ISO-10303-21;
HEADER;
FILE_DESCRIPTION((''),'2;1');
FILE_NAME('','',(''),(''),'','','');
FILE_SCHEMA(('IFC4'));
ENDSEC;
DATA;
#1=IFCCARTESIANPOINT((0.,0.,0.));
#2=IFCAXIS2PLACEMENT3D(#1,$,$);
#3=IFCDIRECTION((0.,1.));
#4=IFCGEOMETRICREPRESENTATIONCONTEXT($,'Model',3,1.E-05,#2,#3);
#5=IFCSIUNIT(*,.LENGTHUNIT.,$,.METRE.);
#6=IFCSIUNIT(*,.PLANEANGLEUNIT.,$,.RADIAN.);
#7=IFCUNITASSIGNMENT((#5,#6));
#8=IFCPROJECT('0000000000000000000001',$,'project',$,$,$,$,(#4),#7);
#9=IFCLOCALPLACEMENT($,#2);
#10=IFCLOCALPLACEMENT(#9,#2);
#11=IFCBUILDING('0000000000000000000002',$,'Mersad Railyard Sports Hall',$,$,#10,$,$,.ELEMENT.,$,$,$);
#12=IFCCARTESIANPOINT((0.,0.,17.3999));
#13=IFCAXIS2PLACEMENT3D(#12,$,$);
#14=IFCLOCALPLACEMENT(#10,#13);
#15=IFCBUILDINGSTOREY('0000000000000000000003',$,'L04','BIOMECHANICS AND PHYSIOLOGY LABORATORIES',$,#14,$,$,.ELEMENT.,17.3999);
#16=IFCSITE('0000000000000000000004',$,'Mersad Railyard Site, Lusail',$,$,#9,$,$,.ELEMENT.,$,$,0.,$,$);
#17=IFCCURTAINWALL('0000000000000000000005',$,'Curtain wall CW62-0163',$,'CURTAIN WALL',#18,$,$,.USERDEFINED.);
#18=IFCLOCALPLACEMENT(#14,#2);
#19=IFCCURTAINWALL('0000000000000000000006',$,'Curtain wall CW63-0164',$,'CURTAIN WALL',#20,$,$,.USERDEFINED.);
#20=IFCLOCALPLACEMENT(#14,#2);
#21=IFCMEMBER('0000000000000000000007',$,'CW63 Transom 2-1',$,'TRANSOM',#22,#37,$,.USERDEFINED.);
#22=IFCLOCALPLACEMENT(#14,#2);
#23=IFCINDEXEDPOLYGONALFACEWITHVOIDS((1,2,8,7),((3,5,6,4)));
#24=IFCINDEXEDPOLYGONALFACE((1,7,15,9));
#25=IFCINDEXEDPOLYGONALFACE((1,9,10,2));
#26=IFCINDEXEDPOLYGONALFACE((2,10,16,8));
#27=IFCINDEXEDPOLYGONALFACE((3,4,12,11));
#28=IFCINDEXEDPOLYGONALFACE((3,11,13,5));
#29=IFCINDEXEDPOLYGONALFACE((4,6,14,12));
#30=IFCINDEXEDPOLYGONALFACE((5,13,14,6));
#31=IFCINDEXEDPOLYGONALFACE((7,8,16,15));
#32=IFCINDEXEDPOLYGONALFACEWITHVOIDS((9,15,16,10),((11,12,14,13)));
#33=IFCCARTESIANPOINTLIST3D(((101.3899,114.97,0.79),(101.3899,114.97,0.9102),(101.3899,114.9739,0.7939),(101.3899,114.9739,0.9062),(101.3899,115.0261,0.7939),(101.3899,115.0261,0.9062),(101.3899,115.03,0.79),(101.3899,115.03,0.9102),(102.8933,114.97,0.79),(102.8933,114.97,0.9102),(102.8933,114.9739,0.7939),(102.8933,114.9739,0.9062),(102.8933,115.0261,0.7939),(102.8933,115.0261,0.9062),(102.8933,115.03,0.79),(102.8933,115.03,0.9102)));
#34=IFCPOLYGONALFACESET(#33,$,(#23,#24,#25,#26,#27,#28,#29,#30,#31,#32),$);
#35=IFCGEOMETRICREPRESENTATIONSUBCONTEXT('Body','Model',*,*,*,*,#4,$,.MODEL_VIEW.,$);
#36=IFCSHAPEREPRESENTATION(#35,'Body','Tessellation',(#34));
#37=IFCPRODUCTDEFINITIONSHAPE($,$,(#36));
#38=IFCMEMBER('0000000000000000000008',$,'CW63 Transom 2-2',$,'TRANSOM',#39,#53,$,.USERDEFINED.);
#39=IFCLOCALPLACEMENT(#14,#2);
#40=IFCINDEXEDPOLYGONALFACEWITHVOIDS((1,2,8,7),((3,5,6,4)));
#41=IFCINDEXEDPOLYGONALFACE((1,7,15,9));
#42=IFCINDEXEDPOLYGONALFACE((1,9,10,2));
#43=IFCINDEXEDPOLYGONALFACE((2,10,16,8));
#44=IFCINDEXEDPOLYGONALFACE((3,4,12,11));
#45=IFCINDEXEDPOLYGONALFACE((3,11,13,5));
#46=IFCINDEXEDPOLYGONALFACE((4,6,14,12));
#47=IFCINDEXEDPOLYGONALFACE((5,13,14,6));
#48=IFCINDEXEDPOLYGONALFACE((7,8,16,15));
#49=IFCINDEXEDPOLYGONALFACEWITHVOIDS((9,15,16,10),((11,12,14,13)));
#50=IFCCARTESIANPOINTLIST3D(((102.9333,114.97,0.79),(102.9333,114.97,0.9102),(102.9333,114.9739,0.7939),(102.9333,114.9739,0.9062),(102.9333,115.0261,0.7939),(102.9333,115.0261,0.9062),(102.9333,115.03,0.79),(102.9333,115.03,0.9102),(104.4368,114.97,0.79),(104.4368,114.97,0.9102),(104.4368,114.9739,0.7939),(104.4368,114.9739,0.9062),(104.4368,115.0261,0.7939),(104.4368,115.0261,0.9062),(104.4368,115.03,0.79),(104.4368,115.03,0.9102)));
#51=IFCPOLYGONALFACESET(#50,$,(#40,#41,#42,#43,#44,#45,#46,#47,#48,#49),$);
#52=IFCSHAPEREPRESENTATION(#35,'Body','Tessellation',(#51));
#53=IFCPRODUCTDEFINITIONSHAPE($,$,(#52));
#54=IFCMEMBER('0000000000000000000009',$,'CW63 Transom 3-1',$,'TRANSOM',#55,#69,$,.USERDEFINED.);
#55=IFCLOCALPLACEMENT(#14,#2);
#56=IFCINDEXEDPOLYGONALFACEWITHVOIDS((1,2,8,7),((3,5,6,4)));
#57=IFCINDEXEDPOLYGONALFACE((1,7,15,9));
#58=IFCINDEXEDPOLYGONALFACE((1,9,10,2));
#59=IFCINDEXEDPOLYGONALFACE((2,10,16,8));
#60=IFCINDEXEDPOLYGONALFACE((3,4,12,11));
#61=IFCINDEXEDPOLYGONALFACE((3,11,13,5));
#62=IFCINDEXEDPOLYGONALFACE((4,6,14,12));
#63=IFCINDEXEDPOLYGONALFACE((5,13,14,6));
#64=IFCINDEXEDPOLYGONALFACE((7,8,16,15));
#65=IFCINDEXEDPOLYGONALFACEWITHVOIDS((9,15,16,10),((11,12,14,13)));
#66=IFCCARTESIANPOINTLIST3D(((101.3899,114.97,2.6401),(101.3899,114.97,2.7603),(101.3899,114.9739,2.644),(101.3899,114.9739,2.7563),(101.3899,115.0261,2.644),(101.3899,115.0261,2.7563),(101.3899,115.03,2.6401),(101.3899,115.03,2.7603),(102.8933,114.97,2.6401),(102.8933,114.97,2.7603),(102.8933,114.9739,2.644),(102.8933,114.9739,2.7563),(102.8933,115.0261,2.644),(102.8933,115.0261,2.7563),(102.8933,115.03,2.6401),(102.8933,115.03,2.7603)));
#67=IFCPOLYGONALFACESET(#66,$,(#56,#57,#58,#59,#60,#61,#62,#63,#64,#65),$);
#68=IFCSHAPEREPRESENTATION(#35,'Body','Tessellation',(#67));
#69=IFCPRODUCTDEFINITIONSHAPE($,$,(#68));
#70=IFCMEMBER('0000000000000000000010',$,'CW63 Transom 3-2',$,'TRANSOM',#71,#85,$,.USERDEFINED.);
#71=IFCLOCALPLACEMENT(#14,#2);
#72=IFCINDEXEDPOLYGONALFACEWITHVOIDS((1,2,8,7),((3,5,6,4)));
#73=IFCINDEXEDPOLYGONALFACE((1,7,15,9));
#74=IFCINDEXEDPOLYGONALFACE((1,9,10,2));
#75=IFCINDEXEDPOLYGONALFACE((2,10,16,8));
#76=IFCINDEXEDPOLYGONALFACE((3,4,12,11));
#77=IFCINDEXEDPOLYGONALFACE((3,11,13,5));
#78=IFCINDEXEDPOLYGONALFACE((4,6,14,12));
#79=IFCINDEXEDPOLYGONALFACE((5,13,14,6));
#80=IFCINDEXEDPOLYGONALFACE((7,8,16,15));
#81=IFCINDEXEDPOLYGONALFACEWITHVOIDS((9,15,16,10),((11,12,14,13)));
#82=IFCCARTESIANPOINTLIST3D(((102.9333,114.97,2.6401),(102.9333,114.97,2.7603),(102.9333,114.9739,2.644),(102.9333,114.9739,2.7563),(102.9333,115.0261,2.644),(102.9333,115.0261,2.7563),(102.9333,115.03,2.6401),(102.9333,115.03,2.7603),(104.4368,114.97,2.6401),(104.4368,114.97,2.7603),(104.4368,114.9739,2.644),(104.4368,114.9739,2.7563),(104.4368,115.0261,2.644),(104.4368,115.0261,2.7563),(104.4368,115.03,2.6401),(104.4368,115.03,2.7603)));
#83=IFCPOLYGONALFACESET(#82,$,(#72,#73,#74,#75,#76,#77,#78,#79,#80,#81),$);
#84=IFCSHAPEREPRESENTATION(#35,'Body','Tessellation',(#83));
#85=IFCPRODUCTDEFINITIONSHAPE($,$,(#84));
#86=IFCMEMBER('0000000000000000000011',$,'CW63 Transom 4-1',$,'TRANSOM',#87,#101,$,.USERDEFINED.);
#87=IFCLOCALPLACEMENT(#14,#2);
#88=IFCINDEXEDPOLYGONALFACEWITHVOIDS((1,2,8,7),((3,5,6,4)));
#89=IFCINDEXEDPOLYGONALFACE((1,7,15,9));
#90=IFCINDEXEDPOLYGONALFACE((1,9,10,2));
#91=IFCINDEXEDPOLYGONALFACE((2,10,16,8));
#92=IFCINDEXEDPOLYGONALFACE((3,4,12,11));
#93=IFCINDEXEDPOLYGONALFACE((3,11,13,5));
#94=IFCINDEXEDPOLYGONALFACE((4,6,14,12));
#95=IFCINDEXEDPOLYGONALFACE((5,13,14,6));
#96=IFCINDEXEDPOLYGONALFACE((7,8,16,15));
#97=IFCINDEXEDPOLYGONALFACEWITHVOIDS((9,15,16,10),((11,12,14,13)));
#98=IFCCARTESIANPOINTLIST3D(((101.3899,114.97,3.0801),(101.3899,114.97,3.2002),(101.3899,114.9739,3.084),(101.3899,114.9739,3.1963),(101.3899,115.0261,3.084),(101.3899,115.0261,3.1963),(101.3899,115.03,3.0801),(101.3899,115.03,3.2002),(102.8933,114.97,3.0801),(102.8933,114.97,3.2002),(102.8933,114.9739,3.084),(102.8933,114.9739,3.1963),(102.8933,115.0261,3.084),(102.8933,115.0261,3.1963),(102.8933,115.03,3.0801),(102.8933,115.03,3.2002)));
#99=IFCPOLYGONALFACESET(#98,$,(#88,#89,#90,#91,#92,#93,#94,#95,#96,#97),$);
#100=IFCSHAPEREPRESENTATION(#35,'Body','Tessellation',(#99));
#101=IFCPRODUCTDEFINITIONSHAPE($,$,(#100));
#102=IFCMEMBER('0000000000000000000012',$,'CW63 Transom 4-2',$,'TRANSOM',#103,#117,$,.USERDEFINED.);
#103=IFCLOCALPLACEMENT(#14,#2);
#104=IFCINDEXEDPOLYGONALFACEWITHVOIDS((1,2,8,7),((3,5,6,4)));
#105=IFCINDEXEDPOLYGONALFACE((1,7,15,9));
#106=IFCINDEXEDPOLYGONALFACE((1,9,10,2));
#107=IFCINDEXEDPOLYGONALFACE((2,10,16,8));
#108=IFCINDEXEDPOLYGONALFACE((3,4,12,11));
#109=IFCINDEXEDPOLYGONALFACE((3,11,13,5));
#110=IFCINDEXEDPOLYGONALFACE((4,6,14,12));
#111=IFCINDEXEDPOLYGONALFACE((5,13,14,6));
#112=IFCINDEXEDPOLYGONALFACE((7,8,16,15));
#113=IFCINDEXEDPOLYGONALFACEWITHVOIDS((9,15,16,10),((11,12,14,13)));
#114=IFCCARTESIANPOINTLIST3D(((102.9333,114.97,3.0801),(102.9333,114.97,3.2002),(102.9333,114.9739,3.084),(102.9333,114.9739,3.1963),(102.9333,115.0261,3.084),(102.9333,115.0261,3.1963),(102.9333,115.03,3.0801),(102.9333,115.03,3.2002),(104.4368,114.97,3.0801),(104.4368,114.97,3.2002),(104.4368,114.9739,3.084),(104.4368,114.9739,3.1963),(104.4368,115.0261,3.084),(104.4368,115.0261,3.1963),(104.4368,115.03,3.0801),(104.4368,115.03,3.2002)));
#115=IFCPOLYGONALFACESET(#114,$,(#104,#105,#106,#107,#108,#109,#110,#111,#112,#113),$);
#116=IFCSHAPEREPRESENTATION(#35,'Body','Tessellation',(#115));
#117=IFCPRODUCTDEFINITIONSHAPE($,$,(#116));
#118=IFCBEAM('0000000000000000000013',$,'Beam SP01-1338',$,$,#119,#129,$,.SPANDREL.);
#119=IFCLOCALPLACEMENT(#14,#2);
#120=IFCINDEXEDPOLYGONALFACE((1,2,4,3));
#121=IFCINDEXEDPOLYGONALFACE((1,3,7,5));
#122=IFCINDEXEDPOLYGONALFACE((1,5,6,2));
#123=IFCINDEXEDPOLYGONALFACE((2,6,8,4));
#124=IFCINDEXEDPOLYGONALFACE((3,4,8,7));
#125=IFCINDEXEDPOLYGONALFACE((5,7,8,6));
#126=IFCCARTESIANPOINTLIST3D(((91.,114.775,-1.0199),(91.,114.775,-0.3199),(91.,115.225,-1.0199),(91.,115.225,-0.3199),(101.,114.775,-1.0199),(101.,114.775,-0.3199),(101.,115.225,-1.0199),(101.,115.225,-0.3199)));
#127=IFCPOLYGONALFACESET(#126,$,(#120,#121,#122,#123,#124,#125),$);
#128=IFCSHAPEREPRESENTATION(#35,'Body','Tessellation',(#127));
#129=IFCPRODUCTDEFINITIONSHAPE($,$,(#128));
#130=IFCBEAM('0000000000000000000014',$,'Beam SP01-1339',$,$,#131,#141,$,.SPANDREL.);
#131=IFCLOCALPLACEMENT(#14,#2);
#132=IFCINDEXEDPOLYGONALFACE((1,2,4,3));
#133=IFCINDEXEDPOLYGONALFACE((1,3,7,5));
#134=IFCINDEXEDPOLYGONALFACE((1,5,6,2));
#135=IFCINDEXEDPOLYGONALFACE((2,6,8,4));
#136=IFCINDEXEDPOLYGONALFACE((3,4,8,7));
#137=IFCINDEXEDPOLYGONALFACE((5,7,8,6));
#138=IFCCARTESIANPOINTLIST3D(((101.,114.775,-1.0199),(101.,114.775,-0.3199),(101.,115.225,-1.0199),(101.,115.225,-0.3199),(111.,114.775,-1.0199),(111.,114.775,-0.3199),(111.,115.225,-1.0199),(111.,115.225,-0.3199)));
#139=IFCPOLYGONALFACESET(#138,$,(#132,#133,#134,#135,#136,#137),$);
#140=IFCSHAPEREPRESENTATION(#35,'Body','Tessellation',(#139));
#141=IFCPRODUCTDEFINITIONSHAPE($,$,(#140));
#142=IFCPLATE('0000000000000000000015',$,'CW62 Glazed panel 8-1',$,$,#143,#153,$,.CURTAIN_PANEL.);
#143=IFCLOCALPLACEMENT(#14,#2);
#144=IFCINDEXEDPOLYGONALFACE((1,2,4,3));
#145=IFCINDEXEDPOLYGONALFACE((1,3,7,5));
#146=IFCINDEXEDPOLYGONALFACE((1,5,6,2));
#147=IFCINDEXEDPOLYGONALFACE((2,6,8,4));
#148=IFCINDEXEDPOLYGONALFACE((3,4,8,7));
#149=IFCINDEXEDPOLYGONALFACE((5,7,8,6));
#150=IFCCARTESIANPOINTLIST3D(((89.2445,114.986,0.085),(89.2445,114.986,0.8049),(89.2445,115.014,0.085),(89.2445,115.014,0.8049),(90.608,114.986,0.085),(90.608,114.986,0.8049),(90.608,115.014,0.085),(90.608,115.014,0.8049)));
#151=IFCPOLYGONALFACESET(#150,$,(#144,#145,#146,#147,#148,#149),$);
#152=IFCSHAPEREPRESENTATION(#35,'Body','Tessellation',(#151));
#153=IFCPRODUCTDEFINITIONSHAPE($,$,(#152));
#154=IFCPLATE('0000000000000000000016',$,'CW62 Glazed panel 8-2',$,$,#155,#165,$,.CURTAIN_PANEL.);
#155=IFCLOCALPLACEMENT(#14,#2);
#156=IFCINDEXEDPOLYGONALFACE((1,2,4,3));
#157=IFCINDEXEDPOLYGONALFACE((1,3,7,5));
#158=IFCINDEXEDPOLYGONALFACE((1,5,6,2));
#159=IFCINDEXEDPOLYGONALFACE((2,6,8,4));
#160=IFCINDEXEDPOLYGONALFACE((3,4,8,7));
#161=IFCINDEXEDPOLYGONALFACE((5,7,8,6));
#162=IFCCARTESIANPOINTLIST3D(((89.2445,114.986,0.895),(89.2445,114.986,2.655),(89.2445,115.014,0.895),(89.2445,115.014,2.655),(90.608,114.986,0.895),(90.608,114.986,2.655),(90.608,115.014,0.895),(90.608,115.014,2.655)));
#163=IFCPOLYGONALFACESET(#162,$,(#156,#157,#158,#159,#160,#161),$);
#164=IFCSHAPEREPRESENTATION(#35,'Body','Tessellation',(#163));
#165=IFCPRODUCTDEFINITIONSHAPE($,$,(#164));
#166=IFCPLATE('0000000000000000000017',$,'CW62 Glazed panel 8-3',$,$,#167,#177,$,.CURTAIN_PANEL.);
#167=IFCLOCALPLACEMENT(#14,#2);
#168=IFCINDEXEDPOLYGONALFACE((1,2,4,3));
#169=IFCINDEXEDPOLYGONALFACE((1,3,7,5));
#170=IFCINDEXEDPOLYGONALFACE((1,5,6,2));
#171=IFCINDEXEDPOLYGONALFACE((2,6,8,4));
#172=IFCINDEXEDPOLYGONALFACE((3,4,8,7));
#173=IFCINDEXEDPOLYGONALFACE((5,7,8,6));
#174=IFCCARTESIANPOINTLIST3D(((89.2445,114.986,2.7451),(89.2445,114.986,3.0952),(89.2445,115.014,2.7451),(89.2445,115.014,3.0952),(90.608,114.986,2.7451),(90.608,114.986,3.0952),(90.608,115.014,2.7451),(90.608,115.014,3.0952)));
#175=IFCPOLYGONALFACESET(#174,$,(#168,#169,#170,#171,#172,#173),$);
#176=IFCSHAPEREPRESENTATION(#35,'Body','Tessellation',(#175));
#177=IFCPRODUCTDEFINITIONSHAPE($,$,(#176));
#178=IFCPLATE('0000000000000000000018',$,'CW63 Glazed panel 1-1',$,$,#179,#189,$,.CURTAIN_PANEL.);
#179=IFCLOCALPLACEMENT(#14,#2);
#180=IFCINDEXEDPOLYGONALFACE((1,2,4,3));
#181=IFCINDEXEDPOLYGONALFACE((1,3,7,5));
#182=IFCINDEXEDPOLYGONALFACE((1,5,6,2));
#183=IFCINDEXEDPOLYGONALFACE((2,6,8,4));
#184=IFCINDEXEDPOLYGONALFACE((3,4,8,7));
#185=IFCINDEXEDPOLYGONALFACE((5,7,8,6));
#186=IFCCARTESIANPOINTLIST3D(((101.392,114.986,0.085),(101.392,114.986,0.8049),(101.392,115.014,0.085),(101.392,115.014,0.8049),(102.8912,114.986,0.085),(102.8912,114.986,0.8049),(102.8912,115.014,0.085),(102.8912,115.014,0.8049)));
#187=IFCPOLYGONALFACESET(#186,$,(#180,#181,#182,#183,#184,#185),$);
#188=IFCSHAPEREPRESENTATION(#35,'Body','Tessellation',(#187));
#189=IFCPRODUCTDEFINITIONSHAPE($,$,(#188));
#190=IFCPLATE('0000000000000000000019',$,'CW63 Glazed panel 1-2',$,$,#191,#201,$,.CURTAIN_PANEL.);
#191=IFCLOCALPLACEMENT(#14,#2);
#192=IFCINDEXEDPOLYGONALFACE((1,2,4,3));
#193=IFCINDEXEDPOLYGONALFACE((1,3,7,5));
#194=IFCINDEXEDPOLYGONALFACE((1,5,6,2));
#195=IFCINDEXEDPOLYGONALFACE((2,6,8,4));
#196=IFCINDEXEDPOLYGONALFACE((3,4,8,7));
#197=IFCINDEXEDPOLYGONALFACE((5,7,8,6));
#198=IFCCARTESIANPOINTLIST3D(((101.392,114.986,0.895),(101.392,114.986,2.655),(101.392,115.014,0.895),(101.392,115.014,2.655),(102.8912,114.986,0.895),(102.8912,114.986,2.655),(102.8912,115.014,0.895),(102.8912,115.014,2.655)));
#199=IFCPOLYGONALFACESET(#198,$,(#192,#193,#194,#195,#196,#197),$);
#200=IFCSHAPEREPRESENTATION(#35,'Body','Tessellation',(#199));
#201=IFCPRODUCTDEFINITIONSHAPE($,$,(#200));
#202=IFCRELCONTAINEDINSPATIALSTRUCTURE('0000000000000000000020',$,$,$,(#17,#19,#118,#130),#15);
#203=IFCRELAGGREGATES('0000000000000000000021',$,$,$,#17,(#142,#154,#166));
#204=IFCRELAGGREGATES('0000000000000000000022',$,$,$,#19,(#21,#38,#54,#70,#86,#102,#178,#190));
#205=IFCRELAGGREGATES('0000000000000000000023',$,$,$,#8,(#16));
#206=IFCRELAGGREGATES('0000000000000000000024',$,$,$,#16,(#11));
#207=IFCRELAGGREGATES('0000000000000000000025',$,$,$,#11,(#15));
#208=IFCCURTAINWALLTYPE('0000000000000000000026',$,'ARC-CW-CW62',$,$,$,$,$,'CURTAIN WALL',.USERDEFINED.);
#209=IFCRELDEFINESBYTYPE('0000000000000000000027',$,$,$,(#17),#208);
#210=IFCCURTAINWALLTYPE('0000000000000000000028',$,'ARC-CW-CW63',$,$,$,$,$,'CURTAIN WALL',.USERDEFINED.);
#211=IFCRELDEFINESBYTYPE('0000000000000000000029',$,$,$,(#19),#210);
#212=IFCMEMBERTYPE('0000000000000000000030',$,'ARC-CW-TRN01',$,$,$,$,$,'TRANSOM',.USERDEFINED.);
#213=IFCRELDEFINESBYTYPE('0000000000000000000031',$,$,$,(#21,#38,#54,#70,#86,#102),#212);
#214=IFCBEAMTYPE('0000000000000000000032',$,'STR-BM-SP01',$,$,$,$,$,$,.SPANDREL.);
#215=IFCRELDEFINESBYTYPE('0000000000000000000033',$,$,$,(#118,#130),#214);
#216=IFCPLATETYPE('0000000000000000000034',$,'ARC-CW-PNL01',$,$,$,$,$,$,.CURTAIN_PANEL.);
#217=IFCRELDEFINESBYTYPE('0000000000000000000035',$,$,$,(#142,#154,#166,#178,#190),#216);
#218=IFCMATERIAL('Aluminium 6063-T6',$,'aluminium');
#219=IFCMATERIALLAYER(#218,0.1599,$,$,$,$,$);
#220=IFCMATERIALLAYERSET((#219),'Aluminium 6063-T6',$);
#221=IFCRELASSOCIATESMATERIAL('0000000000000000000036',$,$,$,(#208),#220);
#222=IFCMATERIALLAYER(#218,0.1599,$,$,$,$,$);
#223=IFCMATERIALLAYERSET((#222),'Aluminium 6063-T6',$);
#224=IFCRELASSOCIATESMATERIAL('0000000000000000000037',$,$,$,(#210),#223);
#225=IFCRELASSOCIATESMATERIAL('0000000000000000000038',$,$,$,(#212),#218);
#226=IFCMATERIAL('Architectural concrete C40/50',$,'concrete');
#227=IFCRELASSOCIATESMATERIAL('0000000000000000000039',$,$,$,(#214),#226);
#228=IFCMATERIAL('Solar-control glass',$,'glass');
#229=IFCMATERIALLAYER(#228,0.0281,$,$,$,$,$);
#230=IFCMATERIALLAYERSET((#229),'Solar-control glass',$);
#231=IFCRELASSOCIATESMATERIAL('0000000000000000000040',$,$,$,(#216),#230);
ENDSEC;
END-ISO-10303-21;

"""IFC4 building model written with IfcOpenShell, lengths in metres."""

from ifc_helpers import new_model, si_unit, direction, frame, origin, origin_2d, place, context, subcontext, project, spatial, rectangle, hollow_rectangle, extrude, material, layer, layer_set, material_profile, profile_set, type_object, element, aggregate, save


model = new_model("IFC4")

# Units and contexts
model_context = context("Model", 3, precision=1e-05, world=origin(), true_north=direction((0.0, 1.0)))
body_context = subcontext(model_context, "Body", "Model", "MODEL_VIEW")
ifc_project = project(units=[si_unit("LENGTHUNIT", "METRE"), si_unit("PLANEANGLEUNIT", "RADIAN")], contexts=[model_context])

# Site, building, storey
site_placement = place(None, origin())
site = spatial("IfcSite", under=ifc_project, at=site_placement, Name="Mersad Railyard Site, Lusail", CompositionType="ELEMENT", RefElevation=0.0)
building_placement = place(site_placement, origin())
building = spatial("IfcBuilding", under=site, at=building_placement, Name="Mersad Railyard Sports Hall", CompositionType="ELEMENT")
storey_placement = place(building_placement, frame((0.0, 0.0, 17.3999)))
storey = spatial("IfcBuildingStorey", under=building, at=storey_placement, Name="L04", Description="BIOMECHANICS AND PHYSIOLOGY LABORATORIES", CompositionType="ELEMENT", Elevation=17.3999)

# Shared definitions
ifc_material_1 = material(Name="Architectural concrete C40/50", Category="concrete")

# Curtain wall
ifc_material_2 = material(Name="Aluminium 6063-T6", Category="aluminium")
ifc_layer_1 = layer(ifc_material_2, 0.1599)
ifc_layer_set_1 = layer_set([ifc_layer_1], Name="Aluminium 6063-T6")
curtain_wall_type_1 = type_object("IfcCurtainWallType", Name="ARC-CW-CW62", ElementType="CURTAIN WALL", PredefinedType="USERDEFINED", material=ifc_layer_set_1)
curtain_wall_1_placement = place(storey_placement, origin())
curtain_wall_1 = element("IfcCurtainWall", 1, at=curtain_wall_1_placement, inside=storey, type_object=curtain_wall_type_1, Name="Curtain wall CW62-0163", ObjectType="CURTAIN WALL", PredefinedType="USERDEFINED")

# Curtain wall
ifc_layer_2 = layer(ifc_material_2, 0.1599)
ifc_layer_set_2 = layer_set([ifc_layer_2], Name="Aluminium 6063-T6")
curtain_wall_type_2 = type_object("IfcCurtainWallType", Name="ARC-CW-CW63", ElementType="CURTAIN WALL", PredefinedType="USERDEFINED", material=ifc_layer_set_2)
curtain_wall_2_placement = place(storey_placement, origin())
curtain_wall_2 = element("IfcCurtainWall", 2, at=curtain_wall_2_placement, inside=storey, type_object=curtain_wall_type_2, Name="Curtain wall CW63-0164", ObjectType="CURTAIN WALL", PredefinedType="USERDEFINED")

# Members
ifc_material_profile_1 = material_profile(ifc_material_2, hollow_rectangle(XDim=0.0601, YDim=0.1201, WallThickness=0.0039, at=origin_2d()), Name="AL TRANSOM 60x120x4")
ifc_profile_set_1 = profile_set([ifc_material_profile_1], Name="Aluminium 6063-T6")
member_type_1 = type_object("IfcMemberType", Name="ARC-CW-TRN01", ElementType="TRANSOM", PredefinedType="USERDEFINED", material=ifc_profile_set_1)
member_1_placement = place(storey_placement, frame((101.3899, 115.0, 0.8501), z_axis=(1.0, 0.0, 0.0), x_axis=(0.0, 1.0, 0.0)))
member_1 = element("IfcMember", 3, at=member_1_placement, type_object=member_type_1, Name="CW63 Transom 2-1", ObjectType="TRANSOM", PredefinedType="USERDEFINED", context=body_context, shape_type="SweptSolid", body=[
    extrude(hollow_rectangle(XDim=0.0601, YDim=0.1201, WallThickness=0.0039, at=origin_2d()), origin(), (0.0, 0.0, 1.0), 1.5034),
])
member_2_placement = place(storey_placement, frame((102.9333, 115.0, 0.8501), z_axis=(1.0, 0.0, 0.0), x_axis=(0.0, 1.0, 0.0)))
member_2 = element("IfcMember", 4, at=member_2_placement, type_object=member_type_1, Name="CW63 Transom 2-2", ObjectType="TRANSOM", PredefinedType="USERDEFINED", context=body_context, shape_type="SweptSolid", body=[
    extrude(hollow_rectangle(XDim=0.0601, YDim=0.1201, WallThickness=0.0039, at=origin_2d()), origin(), (0.0, 0.0, 1.0), 1.5034),
])
member_3_placement = place(storey_placement, frame((101.3899, 115.0, 2.7002), z_axis=(1.0, 0.0, 0.0), x_axis=(0.0, 1.0, 0.0)))
member_3 = element("IfcMember", 5, at=member_3_placement, type_object=member_type_1, Name="CW63 Transom 3-1", ObjectType="TRANSOM", PredefinedType="USERDEFINED", context=body_context, shape_type="SweptSolid", body=[
    extrude(hollow_rectangle(XDim=0.0601, YDim=0.1201, WallThickness=0.0039, at=origin_2d()), origin(), (0.0, 0.0, 1.0), 1.5034),
])
member_4_placement = place(storey_placement, frame((102.9333, 115.0, 2.7002), z_axis=(1.0, 0.0, 0.0), x_axis=(0.0, 1.0, 0.0)))
member_4 = element("IfcMember", 6, at=member_4_placement, type_object=member_type_1, Name="CW63 Transom 3-2", ObjectType="TRANSOM", PredefinedType="USERDEFINED", context=body_context, shape_type="SweptSolid", body=[
    extrude(hollow_rectangle(XDim=0.0601, YDim=0.1201, WallThickness=0.0039, at=origin_2d()), origin(), (0.0, 0.0, 1.0), 1.5034),
])
member_5_placement = place(storey_placement, frame((101.3899, 115.0, 3.1401), z_axis=(1.0, 0.0, 0.0), x_axis=(0.0, 1.0, 0.0)))
member_5 = element("IfcMember", 7, at=member_5_placement, type_object=member_type_1, Name="CW63 Transom 4-1", ObjectType="TRANSOM", PredefinedType="USERDEFINED", context=body_context, shape_type="SweptSolid", body=[
    extrude(hollow_rectangle(XDim=0.0601, YDim=0.1201, WallThickness=0.0039, at=origin_2d()), origin(), (0.0, 0.0, 1.0), 1.5034),
])
member_6_placement = place(storey_placement, frame((102.9333, 115.0, 3.1401), z_axis=(1.0, 0.0, 0.0), x_axis=(0.0, 1.0, 0.0)))
member_6 = element("IfcMember", 8, at=member_6_placement, type_object=member_type_1, Name="CW63 Transom 4-2", ObjectType="TRANSOM", PredefinedType="USERDEFINED", context=body_context, shape_type="SweptSolid", body=[
    extrude(hollow_rectangle(XDim=0.0601, YDim=0.1201, WallThickness=0.0039, at=origin_2d()), origin(), (0.0, 0.0, 1.0), 1.5034),
])

# Beams
ifc_material_profile_2 = material_profile(ifc_material_1, rectangle(XDim=0.45, YDim=0.7, at=origin_2d()), Name="RC 450x700")
ifc_profile_set_2 = profile_set([ifc_material_profile_2], Name="Architectural concrete C40/50")
beam_type = type_object("IfcBeamType", Name="STR-BM-SP01", PredefinedType="SPANDREL", material=ifc_profile_set_2)
for number, where, z_axis, x_axis, name in (
    (9, (91.0, 115.0, -0.6699), (1.0, 0.0, 0.0), (0.0, 1.0, 0.0), "Beam SP01-1338"),
    (10, (101.0, 115.0, -0.6699), (1.0, 0.0, 0.0), (0.0, 1.0, 0.0), "Beam SP01-1339"),
):
    element("IfcBeam", number, at=place(storey_placement, frame(where, z_axis=z_axis, x_axis=x_axis)), inside=storey, type_object=beam_type, Name=name, PredefinedType="SPANDREL", context=body_context, shape_type="SweptSolid", body=[
        extrude(rectangle(XDim=0.45, YDim=0.7, at=origin_2d()), origin(), (0.0, 0.0, 1.0), 10.0),
    ])

# Plates
ifc_material_3 = material(Name="Solar-control glass", Category="glass")
ifc_layer_3 = layer(ifc_material_3, 0.0281)
ifc_layer_set_3 = layer_set([ifc_layer_3], Name="Solar-control glass")
plate_type = type_object("IfcPlateType", Name="ARC-CW-PNL01", PredefinedType="CURTAIN_PANEL", material=ifc_layer_set_3)
plate_1_placement = place(storey_placement, frame((89.9263, 115.0, 0.085), z_axis=(0.0, 0.0, 1.0), x_axis=(1.0, 0.0, 0.0)))
plate_1 = element("IfcPlate", 11, at=plate_1_placement, type_object=plate_type, Name="CW62 Glazed panel 8-1", PredefinedType="CURTAIN_PANEL", context=body_context, shape_type="SweptSolid", body=[
    extrude(rectangle(XDim=1.3635, YDim=0.0281, at=origin_2d()), origin(), (0.0, 0.0, 1.0), 0.72),
])
plate_2_placement = place(storey_placement, frame((89.9263, 115.0, 0.895), z_axis=(0.0, 0.0, 1.0), x_axis=(1.0, 0.0, 0.0)))
plate_2 = element("IfcPlate", 12, at=plate_2_placement, type_object=plate_type, Name="CW62 Glazed panel 8-2", PredefinedType="CURTAIN_PANEL", context=body_context, shape_type="SweptSolid", body=[
    extrude(rectangle(XDim=1.3635, YDim=0.0281, at=origin_2d()), origin(), (0.0, 0.0, 1.0), 1.76),
])
plate_3_placement = place(storey_placement, frame((89.9263, 115.0, 2.7451), z_axis=(0.0, 0.0, 1.0), x_axis=(1.0, 0.0, 0.0)))
plate_3 = element("IfcPlate", 13, at=plate_3_placement, type_object=plate_type, Name="CW62 Glazed panel 8-3", PredefinedType="CURTAIN_PANEL", context=body_context, shape_type="SweptSolid", body=[
    extrude(rectangle(XDim=1.3635, YDim=0.0281, at=origin_2d()), origin(), (0.0, 0.0, 1.0), 0.3501),
])
aggregate(curtain_wall_1, [plate_1, plate_2, plate_3])
plate_4_placement = place(storey_placement, frame((102.1416, 115.0, 0.085), z_axis=(0.0, 0.0, 1.0), x_axis=(1.0, 0.0, 0.0)))
plate_4 = element("IfcPlate", 14, at=plate_4_placement, type_object=plate_type, Name="CW63 Glazed panel 1-1", PredefinedType="CURTAIN_PANEL", context=body_context, shape_type="SweptSolid", body=[
    extrude(rectangle(XDim=1.4993, YDim=0.0281, at=origin_2d()), origin(), (0.0, 0.0, 1.0), 0.72),
])
plate_5_placement = place(storey_placement, frame((102.1416, 115.0, 0.895), z_axis=(0.0, 0.0, 1.0), x_axis=(1.0, 0.0, 0.0)))
plate_5 = element("IfcPlate", 15, at=plate_5_placement, type_object=plate_type, Name="CW63 Glazed panel 1-2", PredefinedType="CURTAIN_PANEL", context=body_context, shape_type="SweptSolid", body=[
    extrude(rectangle(XDim=1.4993, YDim=0.0281, at=origin_2d()), origin(), (0.0, 0.0, 1.0), 1.76),
])
aggregate(curtain_wall_2, [member_1, member_2, member_3, member_4, member_5, member_6, plate_4, plate_5])

save(model, "model.ifc")
